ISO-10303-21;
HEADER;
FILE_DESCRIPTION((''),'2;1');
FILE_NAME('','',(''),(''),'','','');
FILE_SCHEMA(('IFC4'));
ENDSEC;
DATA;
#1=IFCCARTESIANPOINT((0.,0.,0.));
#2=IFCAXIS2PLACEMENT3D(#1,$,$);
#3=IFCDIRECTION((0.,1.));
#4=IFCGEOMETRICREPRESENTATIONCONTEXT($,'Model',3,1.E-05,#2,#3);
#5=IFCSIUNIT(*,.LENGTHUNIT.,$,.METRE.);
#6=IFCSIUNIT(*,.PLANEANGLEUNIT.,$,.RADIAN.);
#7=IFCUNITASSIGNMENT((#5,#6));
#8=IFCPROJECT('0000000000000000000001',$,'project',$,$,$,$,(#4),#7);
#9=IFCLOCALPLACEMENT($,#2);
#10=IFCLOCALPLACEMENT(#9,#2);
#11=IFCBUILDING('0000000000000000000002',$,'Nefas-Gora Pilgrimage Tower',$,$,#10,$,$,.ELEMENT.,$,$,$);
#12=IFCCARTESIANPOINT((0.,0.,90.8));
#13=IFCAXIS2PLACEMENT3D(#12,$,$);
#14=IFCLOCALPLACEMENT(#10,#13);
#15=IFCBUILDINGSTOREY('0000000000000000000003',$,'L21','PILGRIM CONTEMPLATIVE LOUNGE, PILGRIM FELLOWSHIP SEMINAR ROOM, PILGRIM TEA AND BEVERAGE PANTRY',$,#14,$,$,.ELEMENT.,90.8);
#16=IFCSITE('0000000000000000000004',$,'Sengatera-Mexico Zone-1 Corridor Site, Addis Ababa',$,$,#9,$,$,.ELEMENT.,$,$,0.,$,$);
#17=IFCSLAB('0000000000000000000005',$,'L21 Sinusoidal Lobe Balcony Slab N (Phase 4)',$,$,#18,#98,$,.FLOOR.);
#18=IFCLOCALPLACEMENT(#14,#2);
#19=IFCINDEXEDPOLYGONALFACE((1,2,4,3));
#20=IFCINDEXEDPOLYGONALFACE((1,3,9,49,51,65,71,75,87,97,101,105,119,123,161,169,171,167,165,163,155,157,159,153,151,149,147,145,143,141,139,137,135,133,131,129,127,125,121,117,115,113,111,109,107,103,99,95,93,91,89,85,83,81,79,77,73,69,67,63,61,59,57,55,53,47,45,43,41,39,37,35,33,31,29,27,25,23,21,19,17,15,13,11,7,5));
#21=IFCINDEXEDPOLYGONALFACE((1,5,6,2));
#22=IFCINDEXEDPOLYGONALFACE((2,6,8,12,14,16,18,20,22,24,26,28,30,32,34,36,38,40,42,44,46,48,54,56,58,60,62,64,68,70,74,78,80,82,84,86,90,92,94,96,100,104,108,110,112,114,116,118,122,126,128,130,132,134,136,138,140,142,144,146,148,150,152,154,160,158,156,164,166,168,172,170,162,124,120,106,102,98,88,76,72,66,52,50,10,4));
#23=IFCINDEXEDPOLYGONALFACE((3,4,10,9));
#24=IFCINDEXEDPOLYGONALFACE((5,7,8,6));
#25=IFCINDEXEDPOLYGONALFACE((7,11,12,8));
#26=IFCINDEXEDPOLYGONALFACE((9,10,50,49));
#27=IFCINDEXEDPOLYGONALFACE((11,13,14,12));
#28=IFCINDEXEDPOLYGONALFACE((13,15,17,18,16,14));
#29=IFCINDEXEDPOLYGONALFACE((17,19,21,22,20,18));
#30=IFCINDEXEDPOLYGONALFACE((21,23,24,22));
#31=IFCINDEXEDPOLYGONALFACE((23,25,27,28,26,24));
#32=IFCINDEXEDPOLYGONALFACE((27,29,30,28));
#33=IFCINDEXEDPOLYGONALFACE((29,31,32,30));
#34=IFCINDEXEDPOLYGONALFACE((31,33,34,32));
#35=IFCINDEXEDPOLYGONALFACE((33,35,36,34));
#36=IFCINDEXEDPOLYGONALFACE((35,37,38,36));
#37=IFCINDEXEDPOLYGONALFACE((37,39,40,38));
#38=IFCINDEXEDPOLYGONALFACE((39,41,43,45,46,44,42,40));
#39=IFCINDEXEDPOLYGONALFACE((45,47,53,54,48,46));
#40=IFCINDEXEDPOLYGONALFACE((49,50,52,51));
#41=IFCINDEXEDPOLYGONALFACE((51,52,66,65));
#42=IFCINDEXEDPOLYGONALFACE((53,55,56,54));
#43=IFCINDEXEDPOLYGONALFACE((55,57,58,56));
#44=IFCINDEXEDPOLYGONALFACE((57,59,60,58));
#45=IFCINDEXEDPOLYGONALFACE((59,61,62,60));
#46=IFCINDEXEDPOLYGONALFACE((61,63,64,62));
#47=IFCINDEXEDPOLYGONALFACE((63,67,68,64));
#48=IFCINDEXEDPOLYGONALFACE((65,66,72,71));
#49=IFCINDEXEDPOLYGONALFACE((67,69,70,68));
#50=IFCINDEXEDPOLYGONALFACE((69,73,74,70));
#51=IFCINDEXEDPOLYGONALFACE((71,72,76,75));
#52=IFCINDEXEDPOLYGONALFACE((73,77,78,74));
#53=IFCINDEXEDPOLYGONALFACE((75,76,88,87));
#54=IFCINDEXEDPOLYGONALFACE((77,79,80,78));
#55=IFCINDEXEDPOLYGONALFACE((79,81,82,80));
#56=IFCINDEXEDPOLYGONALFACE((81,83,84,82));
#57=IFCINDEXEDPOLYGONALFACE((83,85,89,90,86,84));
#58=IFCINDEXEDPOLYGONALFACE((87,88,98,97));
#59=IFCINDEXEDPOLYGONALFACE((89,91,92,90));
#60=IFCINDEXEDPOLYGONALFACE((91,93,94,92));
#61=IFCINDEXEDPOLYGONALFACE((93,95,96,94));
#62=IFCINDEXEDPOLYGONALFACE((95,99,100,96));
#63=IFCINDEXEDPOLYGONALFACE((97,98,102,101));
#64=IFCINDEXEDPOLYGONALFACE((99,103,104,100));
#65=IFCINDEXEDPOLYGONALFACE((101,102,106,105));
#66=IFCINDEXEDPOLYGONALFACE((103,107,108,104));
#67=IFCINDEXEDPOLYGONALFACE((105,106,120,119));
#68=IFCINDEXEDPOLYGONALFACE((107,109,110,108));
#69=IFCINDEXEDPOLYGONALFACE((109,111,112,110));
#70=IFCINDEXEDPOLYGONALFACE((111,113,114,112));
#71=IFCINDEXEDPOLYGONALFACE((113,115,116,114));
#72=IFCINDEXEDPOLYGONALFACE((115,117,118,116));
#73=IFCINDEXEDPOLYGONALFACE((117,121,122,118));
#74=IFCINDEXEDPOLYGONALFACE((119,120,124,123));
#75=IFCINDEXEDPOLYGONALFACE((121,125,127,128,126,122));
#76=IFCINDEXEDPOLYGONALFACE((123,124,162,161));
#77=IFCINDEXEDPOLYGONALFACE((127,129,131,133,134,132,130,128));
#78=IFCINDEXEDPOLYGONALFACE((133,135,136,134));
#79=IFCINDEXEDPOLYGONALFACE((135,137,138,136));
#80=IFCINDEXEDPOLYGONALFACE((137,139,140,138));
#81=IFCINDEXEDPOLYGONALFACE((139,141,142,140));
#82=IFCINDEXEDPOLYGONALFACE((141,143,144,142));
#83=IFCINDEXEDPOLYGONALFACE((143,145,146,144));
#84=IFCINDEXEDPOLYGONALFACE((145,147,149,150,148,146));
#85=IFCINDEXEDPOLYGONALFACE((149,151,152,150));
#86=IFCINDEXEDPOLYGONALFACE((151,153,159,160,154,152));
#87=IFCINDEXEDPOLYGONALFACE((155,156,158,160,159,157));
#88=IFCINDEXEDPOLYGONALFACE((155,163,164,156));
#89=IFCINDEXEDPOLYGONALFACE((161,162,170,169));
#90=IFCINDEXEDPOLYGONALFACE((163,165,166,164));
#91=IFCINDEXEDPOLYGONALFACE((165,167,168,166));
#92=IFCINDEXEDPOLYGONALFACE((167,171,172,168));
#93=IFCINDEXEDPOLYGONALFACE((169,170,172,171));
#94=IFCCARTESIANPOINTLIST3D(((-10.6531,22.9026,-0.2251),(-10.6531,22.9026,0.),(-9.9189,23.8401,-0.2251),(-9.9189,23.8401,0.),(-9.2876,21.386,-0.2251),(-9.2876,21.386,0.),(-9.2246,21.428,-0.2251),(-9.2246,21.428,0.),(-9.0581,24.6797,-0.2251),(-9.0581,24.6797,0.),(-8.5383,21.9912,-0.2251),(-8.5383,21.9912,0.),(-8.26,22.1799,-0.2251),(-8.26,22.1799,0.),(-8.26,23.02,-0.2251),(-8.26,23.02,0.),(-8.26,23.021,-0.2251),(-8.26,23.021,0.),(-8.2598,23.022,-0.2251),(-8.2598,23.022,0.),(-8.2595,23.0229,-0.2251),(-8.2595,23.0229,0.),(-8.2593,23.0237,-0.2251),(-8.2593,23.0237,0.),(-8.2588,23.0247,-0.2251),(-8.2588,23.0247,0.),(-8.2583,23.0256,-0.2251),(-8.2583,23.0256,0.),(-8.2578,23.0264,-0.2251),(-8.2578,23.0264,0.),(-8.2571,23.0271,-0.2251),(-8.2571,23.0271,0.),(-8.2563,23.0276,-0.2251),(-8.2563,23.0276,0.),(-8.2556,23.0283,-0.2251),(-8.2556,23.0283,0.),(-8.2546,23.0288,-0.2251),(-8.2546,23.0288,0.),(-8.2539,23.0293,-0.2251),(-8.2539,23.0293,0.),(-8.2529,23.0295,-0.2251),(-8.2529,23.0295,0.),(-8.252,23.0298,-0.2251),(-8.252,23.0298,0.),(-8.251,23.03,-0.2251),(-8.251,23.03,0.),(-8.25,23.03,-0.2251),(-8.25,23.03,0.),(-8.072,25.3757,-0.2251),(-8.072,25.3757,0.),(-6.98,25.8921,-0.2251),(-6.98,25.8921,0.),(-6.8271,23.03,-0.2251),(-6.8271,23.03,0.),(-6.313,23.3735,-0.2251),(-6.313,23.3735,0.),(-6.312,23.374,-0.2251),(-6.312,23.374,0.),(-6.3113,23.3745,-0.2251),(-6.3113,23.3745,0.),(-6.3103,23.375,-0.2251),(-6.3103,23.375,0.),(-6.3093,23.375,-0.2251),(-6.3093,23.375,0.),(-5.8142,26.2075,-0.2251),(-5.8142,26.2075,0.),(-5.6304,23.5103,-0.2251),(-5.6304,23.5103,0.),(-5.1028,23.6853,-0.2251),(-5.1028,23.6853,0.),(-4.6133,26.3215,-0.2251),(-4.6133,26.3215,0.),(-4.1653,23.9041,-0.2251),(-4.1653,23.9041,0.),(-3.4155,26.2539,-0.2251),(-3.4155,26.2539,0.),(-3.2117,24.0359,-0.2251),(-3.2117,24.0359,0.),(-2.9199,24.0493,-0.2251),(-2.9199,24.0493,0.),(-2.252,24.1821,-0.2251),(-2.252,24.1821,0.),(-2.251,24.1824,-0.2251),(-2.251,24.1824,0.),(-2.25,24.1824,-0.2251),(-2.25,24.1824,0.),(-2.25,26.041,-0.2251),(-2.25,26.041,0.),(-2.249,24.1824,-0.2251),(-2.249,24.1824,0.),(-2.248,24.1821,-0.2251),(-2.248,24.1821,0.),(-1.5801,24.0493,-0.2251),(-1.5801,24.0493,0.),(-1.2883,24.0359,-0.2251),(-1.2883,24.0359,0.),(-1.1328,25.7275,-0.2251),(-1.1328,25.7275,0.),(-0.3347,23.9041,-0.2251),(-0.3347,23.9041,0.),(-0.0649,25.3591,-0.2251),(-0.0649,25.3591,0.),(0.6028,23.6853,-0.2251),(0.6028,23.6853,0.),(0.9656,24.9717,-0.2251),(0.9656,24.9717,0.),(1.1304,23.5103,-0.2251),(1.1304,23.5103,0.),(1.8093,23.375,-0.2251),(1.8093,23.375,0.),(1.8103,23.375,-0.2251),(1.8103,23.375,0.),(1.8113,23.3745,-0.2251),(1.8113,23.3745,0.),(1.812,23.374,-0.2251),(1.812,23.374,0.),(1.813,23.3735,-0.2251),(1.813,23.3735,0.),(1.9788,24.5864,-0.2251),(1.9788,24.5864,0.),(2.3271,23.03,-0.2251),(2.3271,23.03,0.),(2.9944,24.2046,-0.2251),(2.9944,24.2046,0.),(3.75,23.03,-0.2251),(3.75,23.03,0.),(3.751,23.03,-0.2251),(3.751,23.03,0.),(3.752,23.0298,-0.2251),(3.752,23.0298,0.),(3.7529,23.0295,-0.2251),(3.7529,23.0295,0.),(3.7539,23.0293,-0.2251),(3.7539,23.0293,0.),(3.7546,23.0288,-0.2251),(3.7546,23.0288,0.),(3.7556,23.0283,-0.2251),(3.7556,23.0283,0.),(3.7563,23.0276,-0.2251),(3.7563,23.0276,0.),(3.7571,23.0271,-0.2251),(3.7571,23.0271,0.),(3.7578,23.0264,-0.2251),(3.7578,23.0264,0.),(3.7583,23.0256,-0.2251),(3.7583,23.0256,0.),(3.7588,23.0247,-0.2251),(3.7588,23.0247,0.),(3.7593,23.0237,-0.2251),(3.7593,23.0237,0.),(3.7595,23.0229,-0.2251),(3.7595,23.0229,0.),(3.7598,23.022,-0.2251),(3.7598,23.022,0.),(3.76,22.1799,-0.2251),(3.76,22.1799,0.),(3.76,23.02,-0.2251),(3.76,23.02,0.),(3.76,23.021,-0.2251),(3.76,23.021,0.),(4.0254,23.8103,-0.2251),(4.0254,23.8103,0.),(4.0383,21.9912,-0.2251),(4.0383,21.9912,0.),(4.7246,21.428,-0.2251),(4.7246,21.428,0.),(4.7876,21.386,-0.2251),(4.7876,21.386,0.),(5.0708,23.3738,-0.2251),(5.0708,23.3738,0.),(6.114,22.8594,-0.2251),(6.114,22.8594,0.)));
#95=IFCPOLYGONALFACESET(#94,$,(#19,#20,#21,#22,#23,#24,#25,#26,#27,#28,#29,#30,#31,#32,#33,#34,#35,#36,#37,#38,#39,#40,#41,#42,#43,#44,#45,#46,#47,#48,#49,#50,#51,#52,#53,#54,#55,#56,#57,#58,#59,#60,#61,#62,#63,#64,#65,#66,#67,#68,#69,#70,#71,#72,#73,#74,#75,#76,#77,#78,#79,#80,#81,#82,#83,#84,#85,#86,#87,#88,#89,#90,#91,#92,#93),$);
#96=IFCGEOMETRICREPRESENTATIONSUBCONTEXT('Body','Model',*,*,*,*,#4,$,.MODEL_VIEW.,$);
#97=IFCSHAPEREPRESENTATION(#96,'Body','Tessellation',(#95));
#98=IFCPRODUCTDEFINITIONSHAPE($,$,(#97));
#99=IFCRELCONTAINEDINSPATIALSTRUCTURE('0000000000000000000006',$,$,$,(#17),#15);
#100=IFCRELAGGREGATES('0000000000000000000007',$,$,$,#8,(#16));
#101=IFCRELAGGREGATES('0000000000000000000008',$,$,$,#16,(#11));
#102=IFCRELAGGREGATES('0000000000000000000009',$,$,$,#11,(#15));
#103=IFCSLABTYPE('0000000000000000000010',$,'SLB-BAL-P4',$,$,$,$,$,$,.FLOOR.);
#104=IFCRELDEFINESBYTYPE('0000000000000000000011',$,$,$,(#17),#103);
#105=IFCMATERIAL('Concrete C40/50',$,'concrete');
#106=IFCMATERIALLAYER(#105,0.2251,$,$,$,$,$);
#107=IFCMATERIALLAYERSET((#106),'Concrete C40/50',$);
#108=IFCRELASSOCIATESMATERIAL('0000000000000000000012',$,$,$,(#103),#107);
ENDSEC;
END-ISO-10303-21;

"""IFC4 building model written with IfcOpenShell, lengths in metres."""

from ifc_helpers import new_model, si_unit, direction, frame, origin, place, context, subcontext, project, spatial, polyline, outline, extrude, material, layer, layer_set, type_object, element, save


model = new_model("IFC4")

# Units and contexts
model_context = context("Model", 3, precision=1e-05, world=origin(), true_north=direction((0.0, 1.0)))
body_context = subcontext(model_context, "Body", "Model", "MODEL_VIEW")
ifc_project = project(units=[si_unit("LENGTHUNIT", "METRE"), si_unit("PLANEANGLEUNIT", "RADIAN")], contexts=[model_context])

# Site, building, storey
site_placement = place(None, origin())
site = spatial("IfcSite", under=ifc_project, at=site_placement, Name="Sengatera-Mexico Zone-1 Corridor Site, Addis Ababa", CompositionType="ELEMENT", RefElevation=0.0)
building_placement = place(site_placement, origin())
building = spatial("IfcBuilding", under=site, at=building_placement, Name="Nefas-Gora Pilgrimage Tower", CompositionType="ELEMENT")
storey_placement = place(building_placement, frame((0.0, 0.0, 90.8)))
storey = spatial("IfcBuildingStorey", under=building, at=storey_placement, Name="L21", Description="PILGRIM CONTEMPLATIVE LOUNGE, PILGRIM FELLOWSHIP SEMINAR ROOM, PILGRIM TEA AND BEVERAGE PANTRY", CompositionType="ELEMENT", Elevation=90.8)

# Slab
ifc_material_1 = material(Name="Concrete C40/50", Category="concrete")
ifc_layer_1 = layer(ifc_material_1, 0.2251)
ifc_layer_set_1 = layer_set([ifc_layer_1], Name="Concrete C40/50")
slab_type_1 = type_object("IfcSlabType", Name="SLB-BAL-P4", PredefinedType="FLOOR", material=ifc_layer_set_1)
slab_1_placement = place(storey_placement, frame((0.0, 0.0, -0.2251)))
element("IfcSlab", 1, at=slab_1_placement, inside=storey, type_object=slab_type_1, Name="L21 Sinusoidal Lobe Balcony Slab N (Phase 4)", PredefinedType="FLOOR", context=body_context, shape_type="SweptSolid", body=[
    extrude(outline(polyline([(-9.2876, 21.386), (-9.2246, 21.428), (-8.5383, 21.9912), (-8.26, 22.1799), (-8.26, 23.02), (-8.26, 23.021), (-8.2598, 23.022), (-8.2595, 23.0229), (-8.2593, 23.0237), (-8.2588, 23.0247), (-8.2583, 23.0256), (-8.2578, 23.0264), (-8.2571, 23.0271), (-8.2563, 23.0276), (-8.2556, 23.0283), (-8.2546, 23.0288), (-8.2539, 23.0293), (-8.2529, 23.0295), (-8.252, 23.0298), (-8.251, 23.03), (-8.25, 23.03), (-6.8271, 23.03), (-6.313, 23.3735), (-6.312, 23.374), (-6.3113, 23.3745), (-6.3103, 23.375), (-6.3093, 23.375), (-5.6304, 23.5103), (-5.1028, 23.6853), (-4.1653, 23.9041), (-3.2117, 24.0359), (-2.9199, 24.0493), (-2.252, 24.1821), (-2.251, 24.1824), (-2.25, 24.1824), (-2.249, 24.1824), (-2.248, 24.1821), (-1.5801, 24.0493), (-1.2883, 24.0359), (-0.3347, 23.9041), (0.6028, 23.6853), (1.1304, 23.5103), (1.8093, 23.375), (1.8103, 23.375), (1.8113, 23.3745), (1.812, 23.374), (1.813, 23.3735), (2.3271, 23.03), (3.75, 23.03), (3.751, 23.03), (3.752, 23.0298), (3.7529, 23.0295), (3.7539, 23.0293), (3.7546, 23.0288), (3.7556, 23.0283), (3.7563, 23.0276), (3.7571, 23.0271), (3.7578, 23.0264), (3.7583, 23.0256), (3.7588, 23.0247), (3.7593, 23.0237), (3.7595, 23.0229), (3.7598, 23.022), (3.76, 23.021), (3.76, 23.02), (3.76, 22.1799), (4.0383, 21.9912), (4.7246, 21.428), (4.7876, 21.386), (6.114, 22.8594), (5.0708, 23.3738), (4.0254, 23.8103), (2.9944, 24.2046), (1.9788, 24.5864), (0.9656, 24.9717), (-0.0649, 25.3591), (-1.1328, 25.7275), (-2.25, 26.041), (-3.4155, 26.2539), (-4.6133, 26.3215), (-5.8142, 26.2075), (-6.98, 25.8921), (-8.072, 25.3757), (-9.0581, 24.6797), (-9.9189, 23.8401), (-10.6531, 22.9026), (-9.2876, 21.386)])), origin(), (0.0, 0.0, 1.0), 0.2251),
])

save(model, "model.ifc")
